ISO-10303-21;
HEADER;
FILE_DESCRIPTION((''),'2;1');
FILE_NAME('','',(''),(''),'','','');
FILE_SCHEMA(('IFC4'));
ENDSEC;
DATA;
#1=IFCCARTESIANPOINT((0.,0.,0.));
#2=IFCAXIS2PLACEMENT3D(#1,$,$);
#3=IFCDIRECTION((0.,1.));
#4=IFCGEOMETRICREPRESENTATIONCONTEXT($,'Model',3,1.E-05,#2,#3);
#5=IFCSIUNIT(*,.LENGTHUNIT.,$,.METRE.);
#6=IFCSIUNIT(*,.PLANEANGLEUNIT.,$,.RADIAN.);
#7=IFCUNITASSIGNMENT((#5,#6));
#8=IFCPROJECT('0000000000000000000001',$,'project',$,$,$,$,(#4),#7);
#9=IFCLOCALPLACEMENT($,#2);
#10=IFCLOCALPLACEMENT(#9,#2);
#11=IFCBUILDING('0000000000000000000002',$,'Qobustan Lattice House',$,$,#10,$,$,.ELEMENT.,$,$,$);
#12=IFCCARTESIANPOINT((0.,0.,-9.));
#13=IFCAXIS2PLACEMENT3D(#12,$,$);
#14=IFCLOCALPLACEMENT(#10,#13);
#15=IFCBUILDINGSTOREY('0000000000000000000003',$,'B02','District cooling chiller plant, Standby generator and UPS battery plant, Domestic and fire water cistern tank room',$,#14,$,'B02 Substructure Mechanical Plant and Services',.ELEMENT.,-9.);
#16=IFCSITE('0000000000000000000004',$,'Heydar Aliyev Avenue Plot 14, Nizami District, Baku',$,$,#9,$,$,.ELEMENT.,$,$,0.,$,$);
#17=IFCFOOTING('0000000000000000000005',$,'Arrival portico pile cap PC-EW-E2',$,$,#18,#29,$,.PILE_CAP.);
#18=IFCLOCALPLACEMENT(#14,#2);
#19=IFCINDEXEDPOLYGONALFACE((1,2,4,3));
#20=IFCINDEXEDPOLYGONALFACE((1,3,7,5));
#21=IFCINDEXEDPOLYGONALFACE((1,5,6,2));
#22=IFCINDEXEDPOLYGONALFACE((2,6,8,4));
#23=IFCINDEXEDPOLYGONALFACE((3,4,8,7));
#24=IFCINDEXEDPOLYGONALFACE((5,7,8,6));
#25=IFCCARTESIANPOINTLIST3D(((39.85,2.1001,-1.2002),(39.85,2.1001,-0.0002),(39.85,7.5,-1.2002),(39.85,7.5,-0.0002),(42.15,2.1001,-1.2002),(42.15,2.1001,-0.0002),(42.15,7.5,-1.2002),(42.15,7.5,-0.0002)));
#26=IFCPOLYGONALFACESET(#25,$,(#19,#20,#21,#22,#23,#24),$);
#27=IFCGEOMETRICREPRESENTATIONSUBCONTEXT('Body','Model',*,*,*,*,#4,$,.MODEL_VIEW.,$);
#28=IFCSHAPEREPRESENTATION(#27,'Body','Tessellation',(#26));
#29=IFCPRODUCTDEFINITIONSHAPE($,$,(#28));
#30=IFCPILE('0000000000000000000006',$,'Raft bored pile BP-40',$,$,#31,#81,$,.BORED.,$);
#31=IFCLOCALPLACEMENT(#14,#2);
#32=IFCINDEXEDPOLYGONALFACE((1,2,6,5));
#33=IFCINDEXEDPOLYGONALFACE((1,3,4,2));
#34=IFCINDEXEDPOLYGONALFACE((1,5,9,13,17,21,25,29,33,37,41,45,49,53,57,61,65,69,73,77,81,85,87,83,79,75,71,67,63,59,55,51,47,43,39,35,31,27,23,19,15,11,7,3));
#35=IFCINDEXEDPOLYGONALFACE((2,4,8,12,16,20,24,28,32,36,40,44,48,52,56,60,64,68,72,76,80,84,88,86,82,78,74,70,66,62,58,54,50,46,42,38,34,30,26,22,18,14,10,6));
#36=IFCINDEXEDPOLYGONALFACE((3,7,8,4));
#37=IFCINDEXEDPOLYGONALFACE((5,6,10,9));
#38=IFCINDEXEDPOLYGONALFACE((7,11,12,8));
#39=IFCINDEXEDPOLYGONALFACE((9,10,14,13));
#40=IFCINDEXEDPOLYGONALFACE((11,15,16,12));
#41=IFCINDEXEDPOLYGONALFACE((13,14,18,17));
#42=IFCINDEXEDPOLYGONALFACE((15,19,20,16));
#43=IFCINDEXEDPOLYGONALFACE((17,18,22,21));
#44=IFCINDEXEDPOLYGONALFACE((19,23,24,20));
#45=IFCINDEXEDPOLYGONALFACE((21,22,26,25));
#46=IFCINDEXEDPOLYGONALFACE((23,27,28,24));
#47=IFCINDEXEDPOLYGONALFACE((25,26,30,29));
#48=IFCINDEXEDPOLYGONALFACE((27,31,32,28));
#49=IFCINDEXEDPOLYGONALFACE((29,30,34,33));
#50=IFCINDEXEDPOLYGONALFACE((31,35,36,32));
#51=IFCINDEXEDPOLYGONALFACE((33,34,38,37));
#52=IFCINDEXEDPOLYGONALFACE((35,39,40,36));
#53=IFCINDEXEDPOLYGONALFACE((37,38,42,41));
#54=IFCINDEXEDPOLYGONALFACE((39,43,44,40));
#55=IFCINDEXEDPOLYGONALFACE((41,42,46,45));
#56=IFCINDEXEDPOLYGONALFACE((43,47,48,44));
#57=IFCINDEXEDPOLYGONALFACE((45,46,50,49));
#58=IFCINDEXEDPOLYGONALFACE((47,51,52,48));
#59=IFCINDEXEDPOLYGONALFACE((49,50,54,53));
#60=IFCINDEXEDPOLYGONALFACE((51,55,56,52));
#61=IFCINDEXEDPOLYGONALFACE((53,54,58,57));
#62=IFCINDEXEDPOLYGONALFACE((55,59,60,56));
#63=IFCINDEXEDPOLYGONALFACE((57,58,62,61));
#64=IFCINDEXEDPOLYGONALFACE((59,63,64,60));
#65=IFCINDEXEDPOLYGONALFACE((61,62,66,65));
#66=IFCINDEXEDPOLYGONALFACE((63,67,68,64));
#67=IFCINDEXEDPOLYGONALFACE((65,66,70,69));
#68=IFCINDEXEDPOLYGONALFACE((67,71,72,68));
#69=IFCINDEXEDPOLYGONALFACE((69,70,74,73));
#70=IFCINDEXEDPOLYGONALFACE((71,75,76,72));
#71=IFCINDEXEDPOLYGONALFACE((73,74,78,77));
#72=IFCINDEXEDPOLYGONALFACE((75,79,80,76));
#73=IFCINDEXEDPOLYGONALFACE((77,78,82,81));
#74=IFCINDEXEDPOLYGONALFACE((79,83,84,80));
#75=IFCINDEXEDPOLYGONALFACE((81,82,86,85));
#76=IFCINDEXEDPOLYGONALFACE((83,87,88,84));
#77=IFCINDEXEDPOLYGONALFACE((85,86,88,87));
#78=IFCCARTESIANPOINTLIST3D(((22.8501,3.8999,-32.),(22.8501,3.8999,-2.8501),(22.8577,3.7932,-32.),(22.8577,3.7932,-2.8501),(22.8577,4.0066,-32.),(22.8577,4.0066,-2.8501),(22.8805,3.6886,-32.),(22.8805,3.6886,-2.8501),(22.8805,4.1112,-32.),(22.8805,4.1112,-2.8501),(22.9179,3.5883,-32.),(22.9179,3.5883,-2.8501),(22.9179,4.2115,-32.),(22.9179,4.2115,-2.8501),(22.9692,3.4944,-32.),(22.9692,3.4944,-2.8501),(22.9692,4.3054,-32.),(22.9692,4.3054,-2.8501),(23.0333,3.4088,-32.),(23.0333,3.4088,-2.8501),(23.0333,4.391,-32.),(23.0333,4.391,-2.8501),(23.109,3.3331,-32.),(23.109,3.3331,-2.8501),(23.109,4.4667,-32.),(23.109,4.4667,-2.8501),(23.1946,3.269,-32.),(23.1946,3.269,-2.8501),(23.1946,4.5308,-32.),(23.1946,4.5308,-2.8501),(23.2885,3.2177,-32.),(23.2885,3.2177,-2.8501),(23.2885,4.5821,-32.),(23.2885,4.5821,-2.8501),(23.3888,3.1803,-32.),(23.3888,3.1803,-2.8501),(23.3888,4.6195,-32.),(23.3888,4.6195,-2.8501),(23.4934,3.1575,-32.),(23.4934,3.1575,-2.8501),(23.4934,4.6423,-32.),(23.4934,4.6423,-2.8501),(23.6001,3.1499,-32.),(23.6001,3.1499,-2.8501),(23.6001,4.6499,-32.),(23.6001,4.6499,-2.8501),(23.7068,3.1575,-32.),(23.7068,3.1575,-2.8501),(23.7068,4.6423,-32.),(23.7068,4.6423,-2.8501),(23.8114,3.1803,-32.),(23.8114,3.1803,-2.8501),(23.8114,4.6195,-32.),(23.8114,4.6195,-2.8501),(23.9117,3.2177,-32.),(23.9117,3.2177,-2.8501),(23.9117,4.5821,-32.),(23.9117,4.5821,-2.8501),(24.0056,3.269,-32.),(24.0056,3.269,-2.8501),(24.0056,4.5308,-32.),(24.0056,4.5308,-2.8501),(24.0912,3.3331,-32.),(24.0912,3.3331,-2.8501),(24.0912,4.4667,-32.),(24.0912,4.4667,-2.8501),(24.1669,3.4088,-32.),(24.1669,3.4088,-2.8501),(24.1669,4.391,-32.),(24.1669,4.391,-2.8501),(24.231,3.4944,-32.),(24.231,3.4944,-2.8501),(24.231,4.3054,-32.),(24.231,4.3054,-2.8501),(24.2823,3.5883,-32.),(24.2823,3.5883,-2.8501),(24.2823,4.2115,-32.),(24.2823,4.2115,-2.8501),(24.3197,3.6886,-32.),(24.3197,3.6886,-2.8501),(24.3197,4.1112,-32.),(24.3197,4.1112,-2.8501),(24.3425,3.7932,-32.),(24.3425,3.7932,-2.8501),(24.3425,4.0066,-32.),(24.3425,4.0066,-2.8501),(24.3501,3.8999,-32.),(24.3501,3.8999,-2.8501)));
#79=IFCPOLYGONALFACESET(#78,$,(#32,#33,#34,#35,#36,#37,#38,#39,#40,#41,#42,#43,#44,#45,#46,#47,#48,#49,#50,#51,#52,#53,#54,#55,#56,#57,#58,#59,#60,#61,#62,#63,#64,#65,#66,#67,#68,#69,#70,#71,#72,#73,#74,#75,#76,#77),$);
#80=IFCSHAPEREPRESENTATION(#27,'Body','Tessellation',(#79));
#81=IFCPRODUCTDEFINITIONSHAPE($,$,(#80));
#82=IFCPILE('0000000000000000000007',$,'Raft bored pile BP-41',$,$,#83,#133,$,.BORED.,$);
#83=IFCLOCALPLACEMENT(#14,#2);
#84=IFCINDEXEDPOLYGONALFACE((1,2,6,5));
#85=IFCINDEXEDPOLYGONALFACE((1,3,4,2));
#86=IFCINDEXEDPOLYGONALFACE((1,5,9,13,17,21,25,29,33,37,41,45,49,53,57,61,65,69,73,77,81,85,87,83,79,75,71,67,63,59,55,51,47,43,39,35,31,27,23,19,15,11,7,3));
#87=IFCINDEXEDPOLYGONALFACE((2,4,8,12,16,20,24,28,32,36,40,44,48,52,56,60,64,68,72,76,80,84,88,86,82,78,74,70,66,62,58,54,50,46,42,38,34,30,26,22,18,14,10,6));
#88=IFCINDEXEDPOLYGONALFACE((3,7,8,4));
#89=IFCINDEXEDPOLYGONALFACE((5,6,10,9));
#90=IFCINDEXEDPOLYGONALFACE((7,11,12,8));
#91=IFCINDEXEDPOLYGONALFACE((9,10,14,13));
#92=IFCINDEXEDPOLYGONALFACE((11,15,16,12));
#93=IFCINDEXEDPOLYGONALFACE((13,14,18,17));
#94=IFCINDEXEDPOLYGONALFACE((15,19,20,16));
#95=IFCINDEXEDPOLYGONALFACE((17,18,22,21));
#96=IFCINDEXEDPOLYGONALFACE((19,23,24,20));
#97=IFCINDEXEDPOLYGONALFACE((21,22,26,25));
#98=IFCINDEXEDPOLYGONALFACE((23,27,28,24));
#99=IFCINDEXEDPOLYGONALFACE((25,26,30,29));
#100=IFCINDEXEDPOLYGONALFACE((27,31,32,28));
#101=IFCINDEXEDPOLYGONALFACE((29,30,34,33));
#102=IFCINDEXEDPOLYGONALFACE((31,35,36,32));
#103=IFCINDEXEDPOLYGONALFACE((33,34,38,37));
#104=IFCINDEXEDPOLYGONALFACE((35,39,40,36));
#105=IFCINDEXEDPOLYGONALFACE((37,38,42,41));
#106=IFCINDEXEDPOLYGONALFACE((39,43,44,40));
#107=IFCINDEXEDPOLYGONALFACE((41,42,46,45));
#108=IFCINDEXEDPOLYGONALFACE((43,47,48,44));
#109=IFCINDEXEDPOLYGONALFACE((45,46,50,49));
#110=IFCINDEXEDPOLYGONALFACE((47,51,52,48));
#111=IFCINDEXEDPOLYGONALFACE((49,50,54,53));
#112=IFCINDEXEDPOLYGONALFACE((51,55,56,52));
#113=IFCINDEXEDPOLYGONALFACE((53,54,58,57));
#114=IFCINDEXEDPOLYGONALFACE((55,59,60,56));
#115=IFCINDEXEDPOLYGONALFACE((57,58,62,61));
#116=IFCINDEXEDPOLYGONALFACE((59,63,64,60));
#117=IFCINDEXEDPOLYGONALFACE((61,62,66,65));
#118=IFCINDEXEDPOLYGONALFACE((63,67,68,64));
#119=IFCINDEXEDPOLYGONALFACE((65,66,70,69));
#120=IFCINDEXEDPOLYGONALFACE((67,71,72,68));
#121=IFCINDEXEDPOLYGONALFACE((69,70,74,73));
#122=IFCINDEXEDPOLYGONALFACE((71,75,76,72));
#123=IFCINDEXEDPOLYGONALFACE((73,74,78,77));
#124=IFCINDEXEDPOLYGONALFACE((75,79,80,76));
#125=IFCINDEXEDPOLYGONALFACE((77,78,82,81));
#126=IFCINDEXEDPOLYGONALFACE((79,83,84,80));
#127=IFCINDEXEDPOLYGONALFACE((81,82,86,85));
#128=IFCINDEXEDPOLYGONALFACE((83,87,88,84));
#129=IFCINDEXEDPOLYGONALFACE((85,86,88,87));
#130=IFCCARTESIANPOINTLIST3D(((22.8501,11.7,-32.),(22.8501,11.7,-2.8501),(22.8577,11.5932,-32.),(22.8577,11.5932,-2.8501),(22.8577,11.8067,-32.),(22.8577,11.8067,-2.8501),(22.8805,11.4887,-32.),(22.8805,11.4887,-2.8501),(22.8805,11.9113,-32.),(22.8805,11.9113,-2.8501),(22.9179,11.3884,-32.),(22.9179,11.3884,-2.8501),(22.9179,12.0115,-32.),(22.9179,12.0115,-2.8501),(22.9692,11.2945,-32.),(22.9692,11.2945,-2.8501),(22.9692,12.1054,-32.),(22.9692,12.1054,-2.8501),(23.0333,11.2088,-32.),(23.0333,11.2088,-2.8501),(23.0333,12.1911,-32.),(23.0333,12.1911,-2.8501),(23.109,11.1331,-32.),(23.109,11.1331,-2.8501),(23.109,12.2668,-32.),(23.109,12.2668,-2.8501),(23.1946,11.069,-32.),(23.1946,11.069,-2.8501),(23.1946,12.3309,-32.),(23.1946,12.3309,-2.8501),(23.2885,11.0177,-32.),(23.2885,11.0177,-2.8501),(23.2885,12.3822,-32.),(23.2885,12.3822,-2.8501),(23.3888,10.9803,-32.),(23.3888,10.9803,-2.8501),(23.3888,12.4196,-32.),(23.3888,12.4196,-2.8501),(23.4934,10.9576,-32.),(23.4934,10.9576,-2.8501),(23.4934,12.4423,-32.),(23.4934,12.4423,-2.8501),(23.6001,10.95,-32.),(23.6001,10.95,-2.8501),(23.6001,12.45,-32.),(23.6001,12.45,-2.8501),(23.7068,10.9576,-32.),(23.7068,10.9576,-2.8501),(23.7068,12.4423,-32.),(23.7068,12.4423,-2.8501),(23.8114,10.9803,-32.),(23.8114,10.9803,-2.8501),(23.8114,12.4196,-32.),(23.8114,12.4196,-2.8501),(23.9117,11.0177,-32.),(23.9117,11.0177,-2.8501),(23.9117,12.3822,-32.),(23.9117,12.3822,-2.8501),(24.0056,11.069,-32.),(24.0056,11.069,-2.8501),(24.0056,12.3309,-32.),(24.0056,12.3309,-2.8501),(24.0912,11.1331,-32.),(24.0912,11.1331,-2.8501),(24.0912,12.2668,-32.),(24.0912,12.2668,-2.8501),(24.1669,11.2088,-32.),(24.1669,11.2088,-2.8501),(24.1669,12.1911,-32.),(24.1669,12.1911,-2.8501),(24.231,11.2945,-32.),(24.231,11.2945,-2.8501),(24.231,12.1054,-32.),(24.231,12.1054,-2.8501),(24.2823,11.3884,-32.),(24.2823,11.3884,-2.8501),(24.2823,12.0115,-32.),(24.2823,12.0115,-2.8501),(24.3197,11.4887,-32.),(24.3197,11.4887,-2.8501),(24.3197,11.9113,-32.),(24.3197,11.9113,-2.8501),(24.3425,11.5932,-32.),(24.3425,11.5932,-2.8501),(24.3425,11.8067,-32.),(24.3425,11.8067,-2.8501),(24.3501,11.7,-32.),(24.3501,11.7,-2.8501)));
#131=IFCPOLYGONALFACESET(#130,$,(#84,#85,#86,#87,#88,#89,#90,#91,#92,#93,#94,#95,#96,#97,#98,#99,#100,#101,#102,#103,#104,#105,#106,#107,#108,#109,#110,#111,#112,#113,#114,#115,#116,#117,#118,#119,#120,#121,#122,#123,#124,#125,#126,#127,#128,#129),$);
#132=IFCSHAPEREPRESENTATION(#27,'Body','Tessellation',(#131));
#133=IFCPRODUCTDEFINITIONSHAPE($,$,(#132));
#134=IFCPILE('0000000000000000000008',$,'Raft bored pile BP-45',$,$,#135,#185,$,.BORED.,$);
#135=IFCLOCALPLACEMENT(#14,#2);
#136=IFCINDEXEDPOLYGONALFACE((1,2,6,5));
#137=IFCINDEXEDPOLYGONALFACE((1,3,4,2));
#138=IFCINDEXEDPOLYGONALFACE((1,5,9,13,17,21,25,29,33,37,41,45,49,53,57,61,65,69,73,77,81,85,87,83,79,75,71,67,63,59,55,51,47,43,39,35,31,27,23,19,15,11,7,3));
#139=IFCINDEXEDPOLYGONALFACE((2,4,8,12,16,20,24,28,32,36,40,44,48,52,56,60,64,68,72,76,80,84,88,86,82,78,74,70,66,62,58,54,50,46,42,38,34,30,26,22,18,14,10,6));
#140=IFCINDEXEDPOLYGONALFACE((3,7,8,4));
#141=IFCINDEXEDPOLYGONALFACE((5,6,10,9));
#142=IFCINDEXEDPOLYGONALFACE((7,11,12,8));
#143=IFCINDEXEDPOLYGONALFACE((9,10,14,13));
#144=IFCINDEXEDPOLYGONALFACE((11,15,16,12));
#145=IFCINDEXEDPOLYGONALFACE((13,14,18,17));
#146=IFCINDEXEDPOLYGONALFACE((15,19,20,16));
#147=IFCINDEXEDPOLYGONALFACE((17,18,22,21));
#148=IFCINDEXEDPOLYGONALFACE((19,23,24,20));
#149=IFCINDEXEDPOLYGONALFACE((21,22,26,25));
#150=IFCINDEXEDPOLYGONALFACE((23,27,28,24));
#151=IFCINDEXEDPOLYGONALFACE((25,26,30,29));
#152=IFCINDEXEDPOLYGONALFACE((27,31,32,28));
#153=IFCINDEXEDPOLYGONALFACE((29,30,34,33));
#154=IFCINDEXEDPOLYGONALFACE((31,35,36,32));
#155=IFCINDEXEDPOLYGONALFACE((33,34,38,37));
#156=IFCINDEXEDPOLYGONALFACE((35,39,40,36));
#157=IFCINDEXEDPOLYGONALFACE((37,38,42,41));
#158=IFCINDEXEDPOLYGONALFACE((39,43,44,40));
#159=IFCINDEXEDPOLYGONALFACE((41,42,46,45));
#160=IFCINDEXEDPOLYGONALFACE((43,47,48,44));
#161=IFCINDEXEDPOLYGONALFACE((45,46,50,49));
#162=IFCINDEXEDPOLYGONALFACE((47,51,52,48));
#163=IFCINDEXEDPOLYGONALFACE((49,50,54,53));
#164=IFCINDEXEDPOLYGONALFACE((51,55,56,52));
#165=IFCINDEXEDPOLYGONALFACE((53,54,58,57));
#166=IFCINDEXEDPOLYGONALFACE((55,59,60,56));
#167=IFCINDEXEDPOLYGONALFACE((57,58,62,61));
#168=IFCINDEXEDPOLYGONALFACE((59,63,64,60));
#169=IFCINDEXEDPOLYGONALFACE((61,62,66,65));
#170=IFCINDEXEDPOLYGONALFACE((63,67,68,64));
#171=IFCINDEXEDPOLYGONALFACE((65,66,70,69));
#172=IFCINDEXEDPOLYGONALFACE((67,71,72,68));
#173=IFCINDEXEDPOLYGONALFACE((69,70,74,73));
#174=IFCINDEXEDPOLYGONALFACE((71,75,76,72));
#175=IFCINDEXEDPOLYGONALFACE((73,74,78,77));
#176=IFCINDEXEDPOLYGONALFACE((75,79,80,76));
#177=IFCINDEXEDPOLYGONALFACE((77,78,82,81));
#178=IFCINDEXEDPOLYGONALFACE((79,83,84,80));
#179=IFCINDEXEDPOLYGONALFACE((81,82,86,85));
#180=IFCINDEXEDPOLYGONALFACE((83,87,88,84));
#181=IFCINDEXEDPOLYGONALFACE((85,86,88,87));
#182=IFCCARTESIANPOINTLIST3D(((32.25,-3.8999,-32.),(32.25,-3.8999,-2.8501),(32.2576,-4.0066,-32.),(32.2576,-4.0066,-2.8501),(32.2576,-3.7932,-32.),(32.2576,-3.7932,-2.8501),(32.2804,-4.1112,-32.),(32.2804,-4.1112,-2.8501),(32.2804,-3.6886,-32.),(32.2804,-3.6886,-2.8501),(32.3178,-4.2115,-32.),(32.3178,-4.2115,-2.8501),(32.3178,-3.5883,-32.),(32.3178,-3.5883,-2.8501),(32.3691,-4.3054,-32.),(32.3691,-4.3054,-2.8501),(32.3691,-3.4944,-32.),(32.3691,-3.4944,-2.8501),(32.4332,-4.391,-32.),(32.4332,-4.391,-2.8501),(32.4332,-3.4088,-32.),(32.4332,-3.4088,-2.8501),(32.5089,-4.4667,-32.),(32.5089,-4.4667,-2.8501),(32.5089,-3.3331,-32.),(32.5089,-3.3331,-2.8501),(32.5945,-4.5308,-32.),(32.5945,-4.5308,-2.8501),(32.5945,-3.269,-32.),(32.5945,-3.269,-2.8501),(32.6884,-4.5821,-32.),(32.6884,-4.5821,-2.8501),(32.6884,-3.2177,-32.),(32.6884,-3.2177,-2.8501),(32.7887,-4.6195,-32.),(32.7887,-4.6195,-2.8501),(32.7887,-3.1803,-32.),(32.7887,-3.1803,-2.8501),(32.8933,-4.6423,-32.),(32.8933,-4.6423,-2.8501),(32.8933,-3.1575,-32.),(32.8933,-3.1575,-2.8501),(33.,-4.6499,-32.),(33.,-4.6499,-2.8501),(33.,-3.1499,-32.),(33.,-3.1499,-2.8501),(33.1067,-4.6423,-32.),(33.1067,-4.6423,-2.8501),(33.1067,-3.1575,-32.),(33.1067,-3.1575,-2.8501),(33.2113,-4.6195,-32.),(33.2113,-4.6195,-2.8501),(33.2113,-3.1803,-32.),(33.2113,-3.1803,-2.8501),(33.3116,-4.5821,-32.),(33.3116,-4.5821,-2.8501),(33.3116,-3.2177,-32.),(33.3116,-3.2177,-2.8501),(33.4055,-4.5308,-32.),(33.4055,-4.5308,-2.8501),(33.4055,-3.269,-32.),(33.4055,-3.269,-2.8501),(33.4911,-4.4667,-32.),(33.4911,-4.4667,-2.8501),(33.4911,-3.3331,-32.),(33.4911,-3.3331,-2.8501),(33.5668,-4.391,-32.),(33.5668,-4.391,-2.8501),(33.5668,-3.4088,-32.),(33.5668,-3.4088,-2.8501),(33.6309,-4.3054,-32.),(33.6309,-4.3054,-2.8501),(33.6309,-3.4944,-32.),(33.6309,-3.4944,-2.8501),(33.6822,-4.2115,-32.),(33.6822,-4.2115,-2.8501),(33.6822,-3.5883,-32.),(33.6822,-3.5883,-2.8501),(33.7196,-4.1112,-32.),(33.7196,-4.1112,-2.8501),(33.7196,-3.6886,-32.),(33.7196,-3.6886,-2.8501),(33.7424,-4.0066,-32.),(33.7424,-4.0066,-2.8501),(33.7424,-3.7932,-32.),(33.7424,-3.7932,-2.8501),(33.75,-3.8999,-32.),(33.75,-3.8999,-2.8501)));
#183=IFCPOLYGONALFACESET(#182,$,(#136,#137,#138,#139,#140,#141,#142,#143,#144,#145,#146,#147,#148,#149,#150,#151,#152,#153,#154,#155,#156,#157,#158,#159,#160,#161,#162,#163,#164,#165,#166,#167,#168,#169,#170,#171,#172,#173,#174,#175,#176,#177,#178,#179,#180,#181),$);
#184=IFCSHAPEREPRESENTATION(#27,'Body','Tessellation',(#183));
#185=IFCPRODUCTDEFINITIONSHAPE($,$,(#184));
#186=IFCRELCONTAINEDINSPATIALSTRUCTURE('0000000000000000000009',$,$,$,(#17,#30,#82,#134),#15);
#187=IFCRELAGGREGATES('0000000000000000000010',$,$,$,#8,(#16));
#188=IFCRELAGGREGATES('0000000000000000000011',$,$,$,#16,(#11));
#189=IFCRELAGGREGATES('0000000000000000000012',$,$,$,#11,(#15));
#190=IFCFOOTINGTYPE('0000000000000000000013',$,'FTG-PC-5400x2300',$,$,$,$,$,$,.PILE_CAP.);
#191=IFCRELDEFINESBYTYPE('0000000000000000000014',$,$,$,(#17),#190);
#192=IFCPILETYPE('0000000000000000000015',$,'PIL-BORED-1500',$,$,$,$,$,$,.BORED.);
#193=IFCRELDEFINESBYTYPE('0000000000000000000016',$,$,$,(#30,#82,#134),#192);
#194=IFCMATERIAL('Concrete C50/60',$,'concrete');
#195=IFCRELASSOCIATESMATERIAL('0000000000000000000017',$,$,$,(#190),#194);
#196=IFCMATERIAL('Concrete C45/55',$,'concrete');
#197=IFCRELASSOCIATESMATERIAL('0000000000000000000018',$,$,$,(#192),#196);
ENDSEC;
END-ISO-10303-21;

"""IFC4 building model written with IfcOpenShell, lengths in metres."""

from ifc_helpers import new_model, si_unit, direction, frame, origin, origin_2d, place, context, subcontext, project, spatial, rectangle, circle, extrude, material, material_profile, profile_set, type_object, element, save


model = new_model("IFC4")

# Units and contexts
model_context = context("Model", 3, precision=1e-05, world=origin(), true_north=direction((0.0, 1.0)))
body_context = subcontext(model_context, "Body", "Model", "MODEL_VIEW")
ifc_project = project(units=[si_unit("LENGTHUNIT", "METRE"), si_unit("PLANEANGLEUNIT", "RADIAN")], contexts=[model_context])

# Site, building, storey
site_placement = place(None, origin())
site = spatial("IfcSite", under=ifc_project, at=site_placement, Name="Heydar Aliyev Avenue Plot 14, Nizami District, Baku", CompositionType="ELEMENT", RefElevation=0.0)
building_placement = place(site_placement, origin())
building = spatial("IfcBuilding", under=site, at=building_placement, Name="Qobustan Lattice House", CompositionType="ELEMENT")
storey_placement = place(building_placement, frame((0.0, 0.0, -9.0)))
storey = spatial("IfcBuildingStorey", under=building, at=storey_placement, Name="B02", Description="District cooling chiller plant, Standby generator and UPS battery plant, Domestic and fire water cistern tank room", LongName="B02 Substructure Mechanical Plant and Services", CompositionType="ELEMENT", Elevation=-9.0)

# Footing
ifc_material_1 = material(Name="Concrete C50/60", Category="concrete")
footing_type = type_object("IfcFootingType", Name="FTG-PC-5400x2300", PredefinedType="PILE_CAP", material=ifc_material_1)
footing_placement = place(storey_placement, frame((41.0, 4.8, -1.2002), z_axis=(0.0, 0.0, 1.0), x_axis=(1.0, 0.0, 0.0)))
element("IfcFooting", 1, at=footing_placement, inside=storey, type_object=footing_type, Name="Arrival portico pile cap PC-EW-E2", PredefinedType="PILE_CAP", context=body_context, shape_type="SweptSolid", body=[
    extrude(rectangle(XDim=2.3, YDim=5.3999, at=origin_2d()), origin(), (0.0, 0.0, 1.0), 1.2),
])

# Piles
ifc_material_2 = material(Name="Concrete C45/55", Category="concrete")
ifc_material_profile_1 = material_profile(ifc_material_2, circle(Radius=0.75, at=origin_2d()), Name="PILE-D1500")
ifc_profile_set_1 = profile_set([ifc_material_profile_1], Name="Concrete C45/55")
pile_type = type_object("IfcPileType", Name="PIL-BORED-1500", PredefinedType="BORED", material=ifc_profile_set_1)
for number, where, z_axis, x_axis, name in (
    (2, (23.6001, 3.8999, -2.8501), (0.0, 0.0, -1.0), (1.0, 0.0, 0.0), "Raft bored pile BP-40"),
    (3, (23.6001, 11.7, -2.8501), (0.0, 0.0, -1.0), (1.0, 0.0, 0.0), "Raft bored pile BP-41"),
    (4, (33.0, -3.8999, -2.8501), (0.0, 0.0, -1.0), (1.0, 0.0, 0.0), "Raft bored pile BP-45"),
):
    element("IfcPile", number, at=place(storey_placement, frame(where, z_axis=z_axis, x_axis=x_axis)), inside=storey, type_object=pile_type, Name=name, PredefinedType="BORED", context=body_context, shape_type="SweptSolid", body=[
        extrude(circle(Radius=0.75, at=origin_2d()), origin(), (0.0, 0.0, 1.0), 29.1499),
    ])

save(model, "model.ifc")
